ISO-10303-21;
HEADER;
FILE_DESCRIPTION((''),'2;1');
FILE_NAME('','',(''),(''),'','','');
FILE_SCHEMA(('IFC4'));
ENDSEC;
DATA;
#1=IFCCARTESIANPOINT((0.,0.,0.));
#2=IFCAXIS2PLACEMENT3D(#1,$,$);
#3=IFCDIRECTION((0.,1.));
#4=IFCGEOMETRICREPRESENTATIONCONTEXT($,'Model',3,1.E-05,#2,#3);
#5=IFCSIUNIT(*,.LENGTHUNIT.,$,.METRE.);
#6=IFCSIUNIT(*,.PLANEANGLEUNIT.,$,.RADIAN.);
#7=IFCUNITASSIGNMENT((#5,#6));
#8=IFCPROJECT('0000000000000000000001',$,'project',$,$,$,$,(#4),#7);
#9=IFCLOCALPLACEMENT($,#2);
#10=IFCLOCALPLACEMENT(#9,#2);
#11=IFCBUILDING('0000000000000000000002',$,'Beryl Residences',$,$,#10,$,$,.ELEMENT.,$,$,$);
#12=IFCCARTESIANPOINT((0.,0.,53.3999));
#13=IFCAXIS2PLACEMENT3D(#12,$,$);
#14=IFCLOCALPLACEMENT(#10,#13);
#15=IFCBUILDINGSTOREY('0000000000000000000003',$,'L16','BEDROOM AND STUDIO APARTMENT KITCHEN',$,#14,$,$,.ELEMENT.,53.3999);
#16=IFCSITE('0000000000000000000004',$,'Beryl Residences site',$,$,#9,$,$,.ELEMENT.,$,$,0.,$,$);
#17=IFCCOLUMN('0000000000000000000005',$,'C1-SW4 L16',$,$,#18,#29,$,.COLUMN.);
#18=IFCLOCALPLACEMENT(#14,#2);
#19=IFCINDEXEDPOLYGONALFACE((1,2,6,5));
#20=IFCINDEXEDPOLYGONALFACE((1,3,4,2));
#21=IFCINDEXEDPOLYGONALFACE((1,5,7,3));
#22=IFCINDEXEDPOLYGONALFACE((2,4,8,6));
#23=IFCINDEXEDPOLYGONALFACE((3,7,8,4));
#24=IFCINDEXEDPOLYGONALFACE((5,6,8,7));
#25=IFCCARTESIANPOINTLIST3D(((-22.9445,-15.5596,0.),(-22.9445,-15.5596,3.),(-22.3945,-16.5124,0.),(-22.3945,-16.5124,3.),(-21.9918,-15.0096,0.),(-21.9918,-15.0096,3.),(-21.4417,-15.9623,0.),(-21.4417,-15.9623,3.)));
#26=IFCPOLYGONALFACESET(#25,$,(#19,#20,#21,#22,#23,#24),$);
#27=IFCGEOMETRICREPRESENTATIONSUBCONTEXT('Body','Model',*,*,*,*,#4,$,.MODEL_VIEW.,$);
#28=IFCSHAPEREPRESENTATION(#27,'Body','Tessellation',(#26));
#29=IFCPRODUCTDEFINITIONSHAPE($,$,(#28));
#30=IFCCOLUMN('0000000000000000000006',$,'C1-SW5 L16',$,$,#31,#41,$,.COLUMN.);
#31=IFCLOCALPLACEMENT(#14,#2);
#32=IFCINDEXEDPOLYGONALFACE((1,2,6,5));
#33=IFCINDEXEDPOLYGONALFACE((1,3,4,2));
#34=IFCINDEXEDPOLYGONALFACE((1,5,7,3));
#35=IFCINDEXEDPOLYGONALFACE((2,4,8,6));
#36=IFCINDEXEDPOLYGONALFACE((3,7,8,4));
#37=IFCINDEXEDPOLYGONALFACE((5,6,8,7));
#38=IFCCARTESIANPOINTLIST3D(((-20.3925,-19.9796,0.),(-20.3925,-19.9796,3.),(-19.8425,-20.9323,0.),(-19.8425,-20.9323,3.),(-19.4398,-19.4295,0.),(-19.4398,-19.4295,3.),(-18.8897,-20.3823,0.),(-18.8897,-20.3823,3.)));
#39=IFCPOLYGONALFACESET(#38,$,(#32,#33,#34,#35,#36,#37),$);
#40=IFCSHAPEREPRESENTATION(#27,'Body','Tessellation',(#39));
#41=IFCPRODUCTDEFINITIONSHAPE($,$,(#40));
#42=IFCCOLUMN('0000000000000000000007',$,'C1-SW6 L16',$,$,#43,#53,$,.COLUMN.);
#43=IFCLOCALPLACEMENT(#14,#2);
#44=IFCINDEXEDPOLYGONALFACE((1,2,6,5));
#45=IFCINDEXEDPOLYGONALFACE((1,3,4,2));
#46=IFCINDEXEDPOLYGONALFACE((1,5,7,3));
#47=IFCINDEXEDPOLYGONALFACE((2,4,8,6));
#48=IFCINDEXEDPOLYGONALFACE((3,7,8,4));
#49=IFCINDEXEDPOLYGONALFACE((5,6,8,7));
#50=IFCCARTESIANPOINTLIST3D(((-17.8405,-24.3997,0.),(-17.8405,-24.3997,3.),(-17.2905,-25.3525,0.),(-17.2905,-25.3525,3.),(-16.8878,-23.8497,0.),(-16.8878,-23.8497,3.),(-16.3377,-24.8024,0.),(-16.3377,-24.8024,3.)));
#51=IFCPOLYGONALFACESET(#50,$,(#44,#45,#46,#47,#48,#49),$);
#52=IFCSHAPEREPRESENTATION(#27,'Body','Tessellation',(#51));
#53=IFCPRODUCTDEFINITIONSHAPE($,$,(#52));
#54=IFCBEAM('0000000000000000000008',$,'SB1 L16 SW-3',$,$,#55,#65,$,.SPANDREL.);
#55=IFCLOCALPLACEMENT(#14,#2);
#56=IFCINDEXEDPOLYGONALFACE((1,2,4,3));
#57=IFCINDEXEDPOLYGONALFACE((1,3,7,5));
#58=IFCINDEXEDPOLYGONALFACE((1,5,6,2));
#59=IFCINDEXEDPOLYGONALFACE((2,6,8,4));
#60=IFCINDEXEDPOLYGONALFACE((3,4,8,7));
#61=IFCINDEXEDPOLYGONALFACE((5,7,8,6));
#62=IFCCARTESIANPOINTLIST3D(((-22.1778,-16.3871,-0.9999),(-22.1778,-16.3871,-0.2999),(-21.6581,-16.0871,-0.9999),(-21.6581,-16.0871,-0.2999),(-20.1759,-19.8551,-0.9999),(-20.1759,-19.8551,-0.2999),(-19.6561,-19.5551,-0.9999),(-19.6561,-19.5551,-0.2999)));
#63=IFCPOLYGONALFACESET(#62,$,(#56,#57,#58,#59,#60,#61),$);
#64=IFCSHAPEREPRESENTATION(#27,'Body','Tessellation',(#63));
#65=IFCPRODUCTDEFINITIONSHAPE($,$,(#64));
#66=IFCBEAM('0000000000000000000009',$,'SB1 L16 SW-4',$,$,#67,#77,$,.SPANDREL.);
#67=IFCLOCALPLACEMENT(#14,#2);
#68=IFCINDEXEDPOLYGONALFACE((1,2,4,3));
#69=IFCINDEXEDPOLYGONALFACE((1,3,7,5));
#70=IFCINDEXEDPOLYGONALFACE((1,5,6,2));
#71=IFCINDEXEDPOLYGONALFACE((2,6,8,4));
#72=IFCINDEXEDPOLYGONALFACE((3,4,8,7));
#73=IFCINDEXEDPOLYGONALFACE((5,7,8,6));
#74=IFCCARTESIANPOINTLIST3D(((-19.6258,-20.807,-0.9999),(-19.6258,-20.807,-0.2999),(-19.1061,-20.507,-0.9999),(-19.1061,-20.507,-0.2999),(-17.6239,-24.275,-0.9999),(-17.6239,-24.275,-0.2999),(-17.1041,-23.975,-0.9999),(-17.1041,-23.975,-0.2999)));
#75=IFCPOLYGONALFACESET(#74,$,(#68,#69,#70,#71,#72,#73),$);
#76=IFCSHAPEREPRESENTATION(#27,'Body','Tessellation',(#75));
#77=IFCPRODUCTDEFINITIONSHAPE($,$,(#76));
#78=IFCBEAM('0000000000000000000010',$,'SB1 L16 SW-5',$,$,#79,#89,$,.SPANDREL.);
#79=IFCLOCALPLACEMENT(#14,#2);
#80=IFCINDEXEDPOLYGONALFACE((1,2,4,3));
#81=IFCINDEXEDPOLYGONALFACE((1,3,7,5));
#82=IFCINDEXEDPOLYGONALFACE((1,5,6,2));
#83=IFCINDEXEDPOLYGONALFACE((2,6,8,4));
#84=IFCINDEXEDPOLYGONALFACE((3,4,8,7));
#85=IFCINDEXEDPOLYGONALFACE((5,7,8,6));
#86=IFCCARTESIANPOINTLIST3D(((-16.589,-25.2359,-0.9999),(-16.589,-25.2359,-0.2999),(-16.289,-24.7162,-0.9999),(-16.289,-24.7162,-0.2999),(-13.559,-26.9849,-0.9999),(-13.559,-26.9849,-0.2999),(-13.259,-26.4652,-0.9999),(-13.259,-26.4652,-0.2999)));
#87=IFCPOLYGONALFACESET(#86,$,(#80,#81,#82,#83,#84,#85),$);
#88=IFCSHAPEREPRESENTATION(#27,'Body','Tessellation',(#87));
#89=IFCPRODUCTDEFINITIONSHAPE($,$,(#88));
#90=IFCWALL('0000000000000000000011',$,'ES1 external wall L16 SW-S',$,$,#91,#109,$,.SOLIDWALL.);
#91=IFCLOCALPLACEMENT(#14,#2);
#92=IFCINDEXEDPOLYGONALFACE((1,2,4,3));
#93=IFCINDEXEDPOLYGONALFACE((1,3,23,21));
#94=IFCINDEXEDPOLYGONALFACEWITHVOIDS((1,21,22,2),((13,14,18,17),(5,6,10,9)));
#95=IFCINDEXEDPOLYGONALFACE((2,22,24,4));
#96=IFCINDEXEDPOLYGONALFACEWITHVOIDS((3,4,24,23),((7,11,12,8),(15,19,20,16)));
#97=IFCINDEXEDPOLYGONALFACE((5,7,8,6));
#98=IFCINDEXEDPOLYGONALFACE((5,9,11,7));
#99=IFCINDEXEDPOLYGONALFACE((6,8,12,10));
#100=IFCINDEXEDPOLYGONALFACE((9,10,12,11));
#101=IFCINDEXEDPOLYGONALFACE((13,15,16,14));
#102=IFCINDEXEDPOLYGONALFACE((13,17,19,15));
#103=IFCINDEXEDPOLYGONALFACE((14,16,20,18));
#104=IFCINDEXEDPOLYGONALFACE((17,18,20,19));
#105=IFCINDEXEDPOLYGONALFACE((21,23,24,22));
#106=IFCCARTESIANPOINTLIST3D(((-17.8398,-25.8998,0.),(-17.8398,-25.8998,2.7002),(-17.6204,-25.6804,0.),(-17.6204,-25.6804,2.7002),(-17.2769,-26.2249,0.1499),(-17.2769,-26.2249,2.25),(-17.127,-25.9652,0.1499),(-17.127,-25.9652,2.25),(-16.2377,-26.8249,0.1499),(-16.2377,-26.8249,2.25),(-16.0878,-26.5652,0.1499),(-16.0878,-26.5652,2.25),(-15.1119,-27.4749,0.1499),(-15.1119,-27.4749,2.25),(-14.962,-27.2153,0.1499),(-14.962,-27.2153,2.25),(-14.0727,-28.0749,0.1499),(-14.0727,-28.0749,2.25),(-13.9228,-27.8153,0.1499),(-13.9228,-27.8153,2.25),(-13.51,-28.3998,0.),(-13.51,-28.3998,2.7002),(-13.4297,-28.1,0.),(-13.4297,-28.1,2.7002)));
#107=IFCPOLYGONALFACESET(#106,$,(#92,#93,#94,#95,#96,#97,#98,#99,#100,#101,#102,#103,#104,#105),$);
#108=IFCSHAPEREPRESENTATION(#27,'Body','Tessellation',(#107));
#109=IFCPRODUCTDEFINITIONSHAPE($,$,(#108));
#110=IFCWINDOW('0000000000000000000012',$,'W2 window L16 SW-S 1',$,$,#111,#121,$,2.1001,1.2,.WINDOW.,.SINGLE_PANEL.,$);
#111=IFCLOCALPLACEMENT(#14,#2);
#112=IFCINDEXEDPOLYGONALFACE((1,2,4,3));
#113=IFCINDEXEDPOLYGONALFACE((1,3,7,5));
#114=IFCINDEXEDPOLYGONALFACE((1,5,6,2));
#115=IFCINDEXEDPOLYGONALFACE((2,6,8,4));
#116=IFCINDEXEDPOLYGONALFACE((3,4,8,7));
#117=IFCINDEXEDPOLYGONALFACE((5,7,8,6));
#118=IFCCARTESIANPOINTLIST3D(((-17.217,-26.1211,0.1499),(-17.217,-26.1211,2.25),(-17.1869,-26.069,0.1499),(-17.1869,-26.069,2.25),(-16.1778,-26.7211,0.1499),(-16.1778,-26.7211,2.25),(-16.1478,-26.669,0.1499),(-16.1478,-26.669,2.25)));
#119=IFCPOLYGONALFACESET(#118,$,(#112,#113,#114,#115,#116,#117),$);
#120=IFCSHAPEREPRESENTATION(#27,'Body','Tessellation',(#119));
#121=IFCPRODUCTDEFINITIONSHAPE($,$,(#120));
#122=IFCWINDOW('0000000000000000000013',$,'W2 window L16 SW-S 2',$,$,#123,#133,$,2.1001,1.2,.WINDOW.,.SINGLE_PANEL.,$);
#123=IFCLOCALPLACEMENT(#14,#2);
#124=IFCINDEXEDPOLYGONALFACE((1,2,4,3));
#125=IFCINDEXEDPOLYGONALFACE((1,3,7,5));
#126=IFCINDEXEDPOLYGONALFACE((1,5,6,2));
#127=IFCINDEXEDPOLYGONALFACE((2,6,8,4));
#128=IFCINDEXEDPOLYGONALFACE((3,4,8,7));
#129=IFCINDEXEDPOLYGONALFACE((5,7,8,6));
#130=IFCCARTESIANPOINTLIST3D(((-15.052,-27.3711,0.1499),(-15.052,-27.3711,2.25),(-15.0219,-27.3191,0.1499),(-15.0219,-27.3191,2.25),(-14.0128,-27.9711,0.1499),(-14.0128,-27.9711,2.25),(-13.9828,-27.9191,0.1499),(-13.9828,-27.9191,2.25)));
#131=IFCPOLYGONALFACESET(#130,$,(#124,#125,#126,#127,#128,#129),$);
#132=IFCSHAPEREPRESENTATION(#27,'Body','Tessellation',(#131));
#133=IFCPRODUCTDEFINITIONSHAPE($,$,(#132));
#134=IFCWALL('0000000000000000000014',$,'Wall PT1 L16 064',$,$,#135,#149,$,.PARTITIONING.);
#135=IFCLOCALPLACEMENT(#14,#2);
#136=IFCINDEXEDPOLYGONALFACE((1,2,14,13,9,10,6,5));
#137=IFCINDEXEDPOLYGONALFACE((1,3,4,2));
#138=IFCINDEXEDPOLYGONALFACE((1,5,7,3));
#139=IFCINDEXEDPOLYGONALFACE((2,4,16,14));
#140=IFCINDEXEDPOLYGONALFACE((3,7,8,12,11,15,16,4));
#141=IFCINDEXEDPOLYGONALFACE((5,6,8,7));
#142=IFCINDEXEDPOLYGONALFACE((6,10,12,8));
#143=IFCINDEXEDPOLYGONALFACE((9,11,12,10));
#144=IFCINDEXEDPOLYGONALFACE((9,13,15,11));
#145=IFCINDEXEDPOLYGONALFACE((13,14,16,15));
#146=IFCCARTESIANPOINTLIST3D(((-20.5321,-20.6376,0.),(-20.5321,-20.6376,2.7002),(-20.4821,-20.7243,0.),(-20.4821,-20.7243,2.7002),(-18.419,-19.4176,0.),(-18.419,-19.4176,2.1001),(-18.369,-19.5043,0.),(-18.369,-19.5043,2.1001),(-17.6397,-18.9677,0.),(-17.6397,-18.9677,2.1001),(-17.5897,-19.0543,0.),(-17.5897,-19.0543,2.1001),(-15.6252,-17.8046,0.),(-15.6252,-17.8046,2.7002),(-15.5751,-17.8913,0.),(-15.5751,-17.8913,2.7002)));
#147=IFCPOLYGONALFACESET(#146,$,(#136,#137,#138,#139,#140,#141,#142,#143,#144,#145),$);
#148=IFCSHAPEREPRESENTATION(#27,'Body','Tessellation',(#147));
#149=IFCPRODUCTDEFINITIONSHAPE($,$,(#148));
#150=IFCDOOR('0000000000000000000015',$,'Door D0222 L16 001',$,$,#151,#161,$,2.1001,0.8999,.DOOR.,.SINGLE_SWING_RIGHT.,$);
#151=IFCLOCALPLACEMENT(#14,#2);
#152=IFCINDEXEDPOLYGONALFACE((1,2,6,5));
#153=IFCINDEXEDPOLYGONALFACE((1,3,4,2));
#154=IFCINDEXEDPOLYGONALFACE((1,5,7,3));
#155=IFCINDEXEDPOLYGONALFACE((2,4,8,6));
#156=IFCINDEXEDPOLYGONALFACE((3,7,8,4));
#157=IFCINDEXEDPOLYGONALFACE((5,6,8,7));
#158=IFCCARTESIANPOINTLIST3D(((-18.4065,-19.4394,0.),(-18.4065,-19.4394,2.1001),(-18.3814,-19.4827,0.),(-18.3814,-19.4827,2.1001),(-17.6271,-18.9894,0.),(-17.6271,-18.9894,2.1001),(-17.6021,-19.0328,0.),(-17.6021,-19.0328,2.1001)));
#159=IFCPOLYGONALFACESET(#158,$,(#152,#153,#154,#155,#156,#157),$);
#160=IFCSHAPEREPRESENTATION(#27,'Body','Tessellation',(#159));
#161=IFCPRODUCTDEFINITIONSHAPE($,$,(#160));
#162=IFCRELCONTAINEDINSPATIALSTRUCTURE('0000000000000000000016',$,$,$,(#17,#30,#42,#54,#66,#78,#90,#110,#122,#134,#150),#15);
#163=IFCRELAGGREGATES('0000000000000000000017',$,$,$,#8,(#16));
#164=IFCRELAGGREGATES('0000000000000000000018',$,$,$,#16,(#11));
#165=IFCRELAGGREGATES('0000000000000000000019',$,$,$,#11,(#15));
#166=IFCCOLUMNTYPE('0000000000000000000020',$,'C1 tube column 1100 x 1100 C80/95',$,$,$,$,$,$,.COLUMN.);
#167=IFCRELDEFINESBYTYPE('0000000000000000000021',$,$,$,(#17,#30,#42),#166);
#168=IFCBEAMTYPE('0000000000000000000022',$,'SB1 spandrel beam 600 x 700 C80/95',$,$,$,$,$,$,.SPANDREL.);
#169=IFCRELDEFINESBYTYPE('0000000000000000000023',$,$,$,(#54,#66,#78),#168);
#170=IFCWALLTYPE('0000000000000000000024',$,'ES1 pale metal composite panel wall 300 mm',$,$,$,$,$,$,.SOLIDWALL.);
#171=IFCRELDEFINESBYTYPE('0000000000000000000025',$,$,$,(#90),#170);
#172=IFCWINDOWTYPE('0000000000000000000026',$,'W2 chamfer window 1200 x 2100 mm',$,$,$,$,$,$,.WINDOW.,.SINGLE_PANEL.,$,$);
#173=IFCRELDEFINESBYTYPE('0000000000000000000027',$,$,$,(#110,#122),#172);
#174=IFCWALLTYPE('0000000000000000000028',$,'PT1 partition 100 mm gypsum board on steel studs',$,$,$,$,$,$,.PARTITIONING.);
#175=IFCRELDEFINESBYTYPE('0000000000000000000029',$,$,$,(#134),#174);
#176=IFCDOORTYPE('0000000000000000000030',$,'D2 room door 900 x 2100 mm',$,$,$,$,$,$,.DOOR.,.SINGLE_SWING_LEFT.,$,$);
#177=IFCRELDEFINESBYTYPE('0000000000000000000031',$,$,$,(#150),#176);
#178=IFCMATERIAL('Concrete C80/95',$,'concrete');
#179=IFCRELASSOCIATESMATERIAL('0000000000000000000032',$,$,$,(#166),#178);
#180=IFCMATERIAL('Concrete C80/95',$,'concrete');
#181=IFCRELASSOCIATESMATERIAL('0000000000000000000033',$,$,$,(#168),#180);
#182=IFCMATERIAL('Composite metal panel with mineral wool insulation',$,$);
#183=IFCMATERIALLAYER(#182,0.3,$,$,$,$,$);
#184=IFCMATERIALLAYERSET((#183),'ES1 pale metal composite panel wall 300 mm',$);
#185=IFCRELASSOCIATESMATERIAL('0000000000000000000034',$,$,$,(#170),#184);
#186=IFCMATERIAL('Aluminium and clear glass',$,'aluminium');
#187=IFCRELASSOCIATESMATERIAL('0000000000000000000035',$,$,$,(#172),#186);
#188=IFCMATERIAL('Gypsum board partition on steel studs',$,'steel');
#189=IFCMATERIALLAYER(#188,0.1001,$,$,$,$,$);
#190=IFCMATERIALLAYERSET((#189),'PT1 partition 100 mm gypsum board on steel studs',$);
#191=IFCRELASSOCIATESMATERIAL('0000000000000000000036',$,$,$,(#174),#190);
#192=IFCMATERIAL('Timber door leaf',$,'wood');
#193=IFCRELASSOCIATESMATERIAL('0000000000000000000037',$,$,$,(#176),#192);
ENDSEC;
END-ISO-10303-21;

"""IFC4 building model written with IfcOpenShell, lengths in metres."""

from ifc_helpers import new_model, si_unit, direction, frame, frame_2d, origin, origin_2d, place, context, subcontext, project, spatial, polyline, rectangle, outline, extrude, material, layer, layer_set, material_profile, profile_set, type_object, element, fill, save


model = new_model("IFC4")

# Units and contexts
model_context = context("Model", 3, precision=1e-05, world=origin(), true_north=direction((0.0, 1.0)))
body_context = subcontext(model_context, "Body", "Model", "MODEL_VIEW")
ifc_project = project(units=[si_unit("LENGTHUNIT", "METRE"), si_unit("PLANEANGLEUNIT", "RADIAN")], contexts=[model_context])

# Site, building, storey
site_placement = place(None, origin())
site = spatial("IfcSite", under=ifc_project, at=site_placement, Name="Beryl Residences site", CompositionType="ELEMENT", RefElevation=0.0)
building_placement = place(site_placement, origin())
building = spatial("IfcBuilding", under=site, at=building_placement, Name="Beryl Residences", CompositionType="ELEMENT")
storey_placement = place(building_placement, frame((0.0, 0.0, 53.3999)))
storey = spatial("IfcBuildingStorey", under=building, at=storey_placement, Name="L16", Description="BEDROOM AND STUDIO APARTMENT KITCHEN", CompositionType="ELEMENT", Elevation=53.3999)

# Columns
ifc_material_1 = material(Name="Concrete C80/95", Category="concrete")
ifc_material_profile_1 = material_profile(ifc_material_1, rectangle(XDim=1.1001, YDim=1.1001, at=origin_2d()))
ifc_profile_set_1 = profile_set([ifc_material_profile_1], Name="Concrete C80/95")
column_type = type_object("IfcColumnType", Name="C1 tube column 1100 x 1100 C80/95", PredefinedType="COLUMN", material=ifc_profile_set_1)
for number, where, z_axis, x_axis, name in (
    (1, (-22.1931, -15.761, 0.0), (0.0, 0.0, 1.0), (0.499985, -0.866034, 0.0), "C1-SW4 L16"),
    (2, (-19.6411, -20.1809, 0.0), (0.0, 0.0, 1.0), (0.499985, -0.866034, 0.0), "C1-SW5 L16"),
    (3, (-17.0891, -24.6011, 0.0), (0.0, 0.0, 1.0), (0.499985, -0.866034, 0.0), "C1-SW6 L16"),
):
    element("IfcColumn", number, at=place(storey_placement, frame(where, z_axis=z_axis, x_axis=x_axis)), inside=storey, type_object=column_type, Name=name, PredefinedType="COLUMN", context=body_context, shape_type="SweptSolid", body=[
        extrude(rectangle(XDim=1.1001, YDim=1.1001, at=origin_2d()), origin(), (0.0, 0.0, 1.0), 3.0),
    ])

# Beams
ifc_material_2 = material(Name="Concrete C80/95", Category="concrete")
ifc_material_profile_2 = material_profile(ifc_material_2, rectangle(XDim=0.6001, YDim=0.7, at=origin_2d()))
ifc_profile_set_2 = profile_set([ifc_material_profile_2], Name="Concrete C80/95")
beam_type = type_object("IfcBeamType", Name="SB1 spandrel beam 600 x 700 C80/95", PredefinedType="SPANDREL", material=ifc_profile_set_2)
for number, where, z_axis, x_axis, name in (
    (4, (-21.918, -16.2371, -0.6499), (0.499942, -0.866059, 0.0), (0.866059, 0.499942, 0.0), "SB1 L16 SW-3"),
    (5, (-19.366, -20.657, -0.6499), (0.499942, -0.866059, 0.0), (0.866059, 0.499942, 0.0), "SB1 L16 SW-4"),
):
    element("IfcBeam", number, at=place(storey_placement, frame(where, z_axis=z_axis, x_axis=x_axis)), inside=storey, type_object=beam_type, Name=name, PredefinedType="SPANDREL", context=body_context, shape_type="SweptSolid", body=[
        extrude(rectangle(XDim=0.6001, YDim=0.7, at=origin_2d()), origin(), (0.0, 0.0, 1.0), 4.0044),
    ])
beam_placement = place(storey_placement, frame((-16.439, -24.9761, -0.6499), z_axis=(0.866071, -0.499922, 0.0), x_axis=(0.499922, 0.866071, 0.0)))
element("IfcBeam", 6, at=beam_placement, inside=storey, type_object=beam_type, Name="SB1 L16 SW-5", PredefinedType="SPANDREL", context=body_context, shape_type="SweptSolid", body=[
    extrude(rectangle(XDim=0.6001, YDim=0.7, at=origin_2d()), origin(), (0.0, 0.0, 1.0), 3.4985),
])

# Wall, openings, windows
ifc_material_3 = material(Name="Composite metal panel with mineral wool insulation")
ifc_layer_1 = layer(ifc_material_3, 0.3)
ifc_layer_set_1 = layer_set([ifc_layer_1], Name="ES1 pale metal composite panel wall 300 mm")
wall_type_1 = type_object("IfcWallType", Name="ES1 pale metal composite panel wall 300 mm", PredefinedType="SOLIDWALL", material=ifc_layer_set_1)
wall_1_placement = place(storey_placement, frame((-17.7649, -25.77, 0.0), z_axis=(0.0, 0.0, 1.0), x_axis=(0.866011, -0.500025, 0.0)))
wall_1 = element("IfcWall", 7, at=wall_1_placement, inside=storey, type_object=wall_type_1, Name="ES1 external wall L16 SW-S", PredefinedType="SOLIDWALL", context=body_context, shape_type="SweptSolid", body=[
    extrude(outline(polyline([(0.0, -0.1499), (4.9998, -0.1499), (4.9194, 0.1499), (0.0803, 0.1499), (0.0, -0.1499)])), origin(), (0.0, 0.0, 1.0), 2.7002),
])
opening_1_placement = place(wall_1_placement, frame((0.6499, 0.0, 0.1499)))
opening_1 = element("IfcOpeningElement", 8, at=opening_1_placement, cuts=wall_1, PredefinedType="OPENING", context=body_context, shape_type="SweptSolid", body=[
    extrude(rectangle(XDim=1.2, YDim=2.1001, at=frame_2d((0.6001, 1.05))), frame((0.0, 0.1599, 0.0), z_axis=(0.0, -1.0, 0.0), x_axis=(1.0, 0.0, 0.0)), (0.0, 0.0, 1.0), 0.3201),
])
opening_2_placement = place(wall_1_placement, frame((3.1499, 0.0, 0.1499)))
opening_2 = element("IfcOpeningElement", 9, at=opening_2_placement, cuts=wall_1, PredefinedType="OPENING", context=body_context, shape_type="SweptSolid", body=[
    extrude(rectangle(XDim=1.2, YDim=2.1001, at=frame_2d((0.6001, 1.05))), frame((0.0, 0.1599, 0.0), z_axis=(0.0, -1.0, 0.0), x_axis=(1.0, 0.0, 0.0)), (0.0, 0.0, 1.0), 0.3201),
])
ifc_material_4 = material(Name="Aluminium and clear glass", Category="aluminium")
window_type = type_object("IfcWindowType", Name="W2 chamfer window 1200 x 2100 mm", PartitioningType="SINGLE_PANEL", PredefinedType="WINDOW", material=ifc_material_4)
window_1_placement = place(opening_1_placement, origin())
window_1 = element("IfcWindow", 10, at=window_1_placement, inside=storey, type_object=window_type, Name="W2 window L16 SW-S 1", OverallHeight=2.1001, OverallWidth=1.2, PartitioningType="SINGLE_PANEL", PredefinedType="WINDOW", context=body_context, shape_type="SweptSolid", body=[
    extrude(rectangle(XDim=1.2, YDim=2.1001, at=frame_2d((0.6001, 1.05))), frame((0.0, 0.03, 0.0), z_axis=(0.0, -1.0, 0.0), x_axis=(1.0, 0.0, 0.0)), (0.0, 0.0, 1.0), 0.0601),
])
fill(opening_1, window_1)
window_2_placement = place(opening_2_placement, origin())
window_2 = element("IfcWindow", 11, at=window_2_placement, inside=storey, type_object=window_type, Name="W2 window L16 SW-S 2", OverallHeight=2.1001, OverallWidth=1.2, PartitioningType="SINGLE_PANEL", PredefinedType="WINDOW", context=body_context, shape_type="SweptSolid", body=[
    extrude(rectangle(XDim=1.2, YDim=2.1001, at=frame_2d((0.6001, 1.05))), frame((0.0, 0.03, 0.0), z_axis=(0.0, -1.0, 0.0), x_axis=(1.0, 0.0, 0.0)), (0.0, 0.0, 1.0), 0.0601),
])
fill(opening_2, window_2)

# Wall, opening, door
ifc_material_5 = material(Name="Gypsum board partition on steel studs", Category="steel")
ifc_layer_2 = layer(ifc_material_5, 0.1001)
ifc_layer_set_2 = layer_set([ifc_layer_2], Name="PT1 partition 100 mm gypsum board on steel studs")
wall_type_2 = type_object("IfcWallType", Name="PT1 partition 100 mm gypsum board on steel studs", PredefinedType="PARTITIONING", material=ifc_layer_set_2)
wall_2_placement = place(storey_placement, frame((-20.5071, -20.6809, 0.0), z_axis=(0.0, 0.0, 1.0), x_axis=(0.866028, 0.499995, 0.0)))
wall_2 = element("IfcWall", 12, at=wall_2_placement, inside=storey, type_object=wall_type_2, Name="Wall PT1 L16 064", PredefinedType="PARTITIONING", context=body_context, shape_type="SweptSolid", body=[
    extrude(rectangle(XDim=5.666, YDim=0.1001, at=frame_2d((2.833, 0.0))), origin(), (0.0, 0.0, 1.0), 2.7002),
])
opening_3_placement = place(wall_2_placement, frame((2.4399, 0.0, 0.0)))
opening_3 = element("IfcOpeningElement", 13, at=opening_3_placement, cuts=wall_2, PredefinedType="OPENING", context=body_context, shape_type="SweptSolid", body=[
    extrude(rectangle(XDim=0.8999, YDim=2.1001, at=frame_2d((0.45, 1.05))), frame((0.0, 0.0601, 0.0), z_axis=(0.0, -1.0, 0.0), x_axis=(1.0, 0.0, 0.0)), (0.0, 0.0, 1.0), 0.1201),
])
ifc_material_6 = material(Name="Timber door leaf", Category="wood")
door_type_1 = type_object("IfcDoorType", Name="D2 room door 900 x 2100 mm", OperationType="SINGLE_SWING_LEFT", PredefinedType="DOOR", material=ifc_material_6)
door_1_placement = place(opening_3_placement, origin())
door_1 = element("IfcDoor", 14, at=door_1_placement, inside=storey, type_object=door_type_1, Name="Door D0222 L16 001", OperationType="SINGLE_SWING_RIGHT", OverallHeight=2.1001, OverallWidth=0.8999, PredefinedType="DOOR", context=body_context, shape_type="SweptSolid", body=[
    extrude(rectangle(XDim=0.8999, YDim=2.1001, at=frame_2d((0.45, 1.05))), frame((0.0, 0.0249, 0.0), z_axis=(0.0, -1.0, 0.0), x_axis=(1.0, 0.0, 0.0)), (0.0, 0.0, 1.0), 0.05),
])
fill(opening_3, door_1)

save(model, "model.ifc")
